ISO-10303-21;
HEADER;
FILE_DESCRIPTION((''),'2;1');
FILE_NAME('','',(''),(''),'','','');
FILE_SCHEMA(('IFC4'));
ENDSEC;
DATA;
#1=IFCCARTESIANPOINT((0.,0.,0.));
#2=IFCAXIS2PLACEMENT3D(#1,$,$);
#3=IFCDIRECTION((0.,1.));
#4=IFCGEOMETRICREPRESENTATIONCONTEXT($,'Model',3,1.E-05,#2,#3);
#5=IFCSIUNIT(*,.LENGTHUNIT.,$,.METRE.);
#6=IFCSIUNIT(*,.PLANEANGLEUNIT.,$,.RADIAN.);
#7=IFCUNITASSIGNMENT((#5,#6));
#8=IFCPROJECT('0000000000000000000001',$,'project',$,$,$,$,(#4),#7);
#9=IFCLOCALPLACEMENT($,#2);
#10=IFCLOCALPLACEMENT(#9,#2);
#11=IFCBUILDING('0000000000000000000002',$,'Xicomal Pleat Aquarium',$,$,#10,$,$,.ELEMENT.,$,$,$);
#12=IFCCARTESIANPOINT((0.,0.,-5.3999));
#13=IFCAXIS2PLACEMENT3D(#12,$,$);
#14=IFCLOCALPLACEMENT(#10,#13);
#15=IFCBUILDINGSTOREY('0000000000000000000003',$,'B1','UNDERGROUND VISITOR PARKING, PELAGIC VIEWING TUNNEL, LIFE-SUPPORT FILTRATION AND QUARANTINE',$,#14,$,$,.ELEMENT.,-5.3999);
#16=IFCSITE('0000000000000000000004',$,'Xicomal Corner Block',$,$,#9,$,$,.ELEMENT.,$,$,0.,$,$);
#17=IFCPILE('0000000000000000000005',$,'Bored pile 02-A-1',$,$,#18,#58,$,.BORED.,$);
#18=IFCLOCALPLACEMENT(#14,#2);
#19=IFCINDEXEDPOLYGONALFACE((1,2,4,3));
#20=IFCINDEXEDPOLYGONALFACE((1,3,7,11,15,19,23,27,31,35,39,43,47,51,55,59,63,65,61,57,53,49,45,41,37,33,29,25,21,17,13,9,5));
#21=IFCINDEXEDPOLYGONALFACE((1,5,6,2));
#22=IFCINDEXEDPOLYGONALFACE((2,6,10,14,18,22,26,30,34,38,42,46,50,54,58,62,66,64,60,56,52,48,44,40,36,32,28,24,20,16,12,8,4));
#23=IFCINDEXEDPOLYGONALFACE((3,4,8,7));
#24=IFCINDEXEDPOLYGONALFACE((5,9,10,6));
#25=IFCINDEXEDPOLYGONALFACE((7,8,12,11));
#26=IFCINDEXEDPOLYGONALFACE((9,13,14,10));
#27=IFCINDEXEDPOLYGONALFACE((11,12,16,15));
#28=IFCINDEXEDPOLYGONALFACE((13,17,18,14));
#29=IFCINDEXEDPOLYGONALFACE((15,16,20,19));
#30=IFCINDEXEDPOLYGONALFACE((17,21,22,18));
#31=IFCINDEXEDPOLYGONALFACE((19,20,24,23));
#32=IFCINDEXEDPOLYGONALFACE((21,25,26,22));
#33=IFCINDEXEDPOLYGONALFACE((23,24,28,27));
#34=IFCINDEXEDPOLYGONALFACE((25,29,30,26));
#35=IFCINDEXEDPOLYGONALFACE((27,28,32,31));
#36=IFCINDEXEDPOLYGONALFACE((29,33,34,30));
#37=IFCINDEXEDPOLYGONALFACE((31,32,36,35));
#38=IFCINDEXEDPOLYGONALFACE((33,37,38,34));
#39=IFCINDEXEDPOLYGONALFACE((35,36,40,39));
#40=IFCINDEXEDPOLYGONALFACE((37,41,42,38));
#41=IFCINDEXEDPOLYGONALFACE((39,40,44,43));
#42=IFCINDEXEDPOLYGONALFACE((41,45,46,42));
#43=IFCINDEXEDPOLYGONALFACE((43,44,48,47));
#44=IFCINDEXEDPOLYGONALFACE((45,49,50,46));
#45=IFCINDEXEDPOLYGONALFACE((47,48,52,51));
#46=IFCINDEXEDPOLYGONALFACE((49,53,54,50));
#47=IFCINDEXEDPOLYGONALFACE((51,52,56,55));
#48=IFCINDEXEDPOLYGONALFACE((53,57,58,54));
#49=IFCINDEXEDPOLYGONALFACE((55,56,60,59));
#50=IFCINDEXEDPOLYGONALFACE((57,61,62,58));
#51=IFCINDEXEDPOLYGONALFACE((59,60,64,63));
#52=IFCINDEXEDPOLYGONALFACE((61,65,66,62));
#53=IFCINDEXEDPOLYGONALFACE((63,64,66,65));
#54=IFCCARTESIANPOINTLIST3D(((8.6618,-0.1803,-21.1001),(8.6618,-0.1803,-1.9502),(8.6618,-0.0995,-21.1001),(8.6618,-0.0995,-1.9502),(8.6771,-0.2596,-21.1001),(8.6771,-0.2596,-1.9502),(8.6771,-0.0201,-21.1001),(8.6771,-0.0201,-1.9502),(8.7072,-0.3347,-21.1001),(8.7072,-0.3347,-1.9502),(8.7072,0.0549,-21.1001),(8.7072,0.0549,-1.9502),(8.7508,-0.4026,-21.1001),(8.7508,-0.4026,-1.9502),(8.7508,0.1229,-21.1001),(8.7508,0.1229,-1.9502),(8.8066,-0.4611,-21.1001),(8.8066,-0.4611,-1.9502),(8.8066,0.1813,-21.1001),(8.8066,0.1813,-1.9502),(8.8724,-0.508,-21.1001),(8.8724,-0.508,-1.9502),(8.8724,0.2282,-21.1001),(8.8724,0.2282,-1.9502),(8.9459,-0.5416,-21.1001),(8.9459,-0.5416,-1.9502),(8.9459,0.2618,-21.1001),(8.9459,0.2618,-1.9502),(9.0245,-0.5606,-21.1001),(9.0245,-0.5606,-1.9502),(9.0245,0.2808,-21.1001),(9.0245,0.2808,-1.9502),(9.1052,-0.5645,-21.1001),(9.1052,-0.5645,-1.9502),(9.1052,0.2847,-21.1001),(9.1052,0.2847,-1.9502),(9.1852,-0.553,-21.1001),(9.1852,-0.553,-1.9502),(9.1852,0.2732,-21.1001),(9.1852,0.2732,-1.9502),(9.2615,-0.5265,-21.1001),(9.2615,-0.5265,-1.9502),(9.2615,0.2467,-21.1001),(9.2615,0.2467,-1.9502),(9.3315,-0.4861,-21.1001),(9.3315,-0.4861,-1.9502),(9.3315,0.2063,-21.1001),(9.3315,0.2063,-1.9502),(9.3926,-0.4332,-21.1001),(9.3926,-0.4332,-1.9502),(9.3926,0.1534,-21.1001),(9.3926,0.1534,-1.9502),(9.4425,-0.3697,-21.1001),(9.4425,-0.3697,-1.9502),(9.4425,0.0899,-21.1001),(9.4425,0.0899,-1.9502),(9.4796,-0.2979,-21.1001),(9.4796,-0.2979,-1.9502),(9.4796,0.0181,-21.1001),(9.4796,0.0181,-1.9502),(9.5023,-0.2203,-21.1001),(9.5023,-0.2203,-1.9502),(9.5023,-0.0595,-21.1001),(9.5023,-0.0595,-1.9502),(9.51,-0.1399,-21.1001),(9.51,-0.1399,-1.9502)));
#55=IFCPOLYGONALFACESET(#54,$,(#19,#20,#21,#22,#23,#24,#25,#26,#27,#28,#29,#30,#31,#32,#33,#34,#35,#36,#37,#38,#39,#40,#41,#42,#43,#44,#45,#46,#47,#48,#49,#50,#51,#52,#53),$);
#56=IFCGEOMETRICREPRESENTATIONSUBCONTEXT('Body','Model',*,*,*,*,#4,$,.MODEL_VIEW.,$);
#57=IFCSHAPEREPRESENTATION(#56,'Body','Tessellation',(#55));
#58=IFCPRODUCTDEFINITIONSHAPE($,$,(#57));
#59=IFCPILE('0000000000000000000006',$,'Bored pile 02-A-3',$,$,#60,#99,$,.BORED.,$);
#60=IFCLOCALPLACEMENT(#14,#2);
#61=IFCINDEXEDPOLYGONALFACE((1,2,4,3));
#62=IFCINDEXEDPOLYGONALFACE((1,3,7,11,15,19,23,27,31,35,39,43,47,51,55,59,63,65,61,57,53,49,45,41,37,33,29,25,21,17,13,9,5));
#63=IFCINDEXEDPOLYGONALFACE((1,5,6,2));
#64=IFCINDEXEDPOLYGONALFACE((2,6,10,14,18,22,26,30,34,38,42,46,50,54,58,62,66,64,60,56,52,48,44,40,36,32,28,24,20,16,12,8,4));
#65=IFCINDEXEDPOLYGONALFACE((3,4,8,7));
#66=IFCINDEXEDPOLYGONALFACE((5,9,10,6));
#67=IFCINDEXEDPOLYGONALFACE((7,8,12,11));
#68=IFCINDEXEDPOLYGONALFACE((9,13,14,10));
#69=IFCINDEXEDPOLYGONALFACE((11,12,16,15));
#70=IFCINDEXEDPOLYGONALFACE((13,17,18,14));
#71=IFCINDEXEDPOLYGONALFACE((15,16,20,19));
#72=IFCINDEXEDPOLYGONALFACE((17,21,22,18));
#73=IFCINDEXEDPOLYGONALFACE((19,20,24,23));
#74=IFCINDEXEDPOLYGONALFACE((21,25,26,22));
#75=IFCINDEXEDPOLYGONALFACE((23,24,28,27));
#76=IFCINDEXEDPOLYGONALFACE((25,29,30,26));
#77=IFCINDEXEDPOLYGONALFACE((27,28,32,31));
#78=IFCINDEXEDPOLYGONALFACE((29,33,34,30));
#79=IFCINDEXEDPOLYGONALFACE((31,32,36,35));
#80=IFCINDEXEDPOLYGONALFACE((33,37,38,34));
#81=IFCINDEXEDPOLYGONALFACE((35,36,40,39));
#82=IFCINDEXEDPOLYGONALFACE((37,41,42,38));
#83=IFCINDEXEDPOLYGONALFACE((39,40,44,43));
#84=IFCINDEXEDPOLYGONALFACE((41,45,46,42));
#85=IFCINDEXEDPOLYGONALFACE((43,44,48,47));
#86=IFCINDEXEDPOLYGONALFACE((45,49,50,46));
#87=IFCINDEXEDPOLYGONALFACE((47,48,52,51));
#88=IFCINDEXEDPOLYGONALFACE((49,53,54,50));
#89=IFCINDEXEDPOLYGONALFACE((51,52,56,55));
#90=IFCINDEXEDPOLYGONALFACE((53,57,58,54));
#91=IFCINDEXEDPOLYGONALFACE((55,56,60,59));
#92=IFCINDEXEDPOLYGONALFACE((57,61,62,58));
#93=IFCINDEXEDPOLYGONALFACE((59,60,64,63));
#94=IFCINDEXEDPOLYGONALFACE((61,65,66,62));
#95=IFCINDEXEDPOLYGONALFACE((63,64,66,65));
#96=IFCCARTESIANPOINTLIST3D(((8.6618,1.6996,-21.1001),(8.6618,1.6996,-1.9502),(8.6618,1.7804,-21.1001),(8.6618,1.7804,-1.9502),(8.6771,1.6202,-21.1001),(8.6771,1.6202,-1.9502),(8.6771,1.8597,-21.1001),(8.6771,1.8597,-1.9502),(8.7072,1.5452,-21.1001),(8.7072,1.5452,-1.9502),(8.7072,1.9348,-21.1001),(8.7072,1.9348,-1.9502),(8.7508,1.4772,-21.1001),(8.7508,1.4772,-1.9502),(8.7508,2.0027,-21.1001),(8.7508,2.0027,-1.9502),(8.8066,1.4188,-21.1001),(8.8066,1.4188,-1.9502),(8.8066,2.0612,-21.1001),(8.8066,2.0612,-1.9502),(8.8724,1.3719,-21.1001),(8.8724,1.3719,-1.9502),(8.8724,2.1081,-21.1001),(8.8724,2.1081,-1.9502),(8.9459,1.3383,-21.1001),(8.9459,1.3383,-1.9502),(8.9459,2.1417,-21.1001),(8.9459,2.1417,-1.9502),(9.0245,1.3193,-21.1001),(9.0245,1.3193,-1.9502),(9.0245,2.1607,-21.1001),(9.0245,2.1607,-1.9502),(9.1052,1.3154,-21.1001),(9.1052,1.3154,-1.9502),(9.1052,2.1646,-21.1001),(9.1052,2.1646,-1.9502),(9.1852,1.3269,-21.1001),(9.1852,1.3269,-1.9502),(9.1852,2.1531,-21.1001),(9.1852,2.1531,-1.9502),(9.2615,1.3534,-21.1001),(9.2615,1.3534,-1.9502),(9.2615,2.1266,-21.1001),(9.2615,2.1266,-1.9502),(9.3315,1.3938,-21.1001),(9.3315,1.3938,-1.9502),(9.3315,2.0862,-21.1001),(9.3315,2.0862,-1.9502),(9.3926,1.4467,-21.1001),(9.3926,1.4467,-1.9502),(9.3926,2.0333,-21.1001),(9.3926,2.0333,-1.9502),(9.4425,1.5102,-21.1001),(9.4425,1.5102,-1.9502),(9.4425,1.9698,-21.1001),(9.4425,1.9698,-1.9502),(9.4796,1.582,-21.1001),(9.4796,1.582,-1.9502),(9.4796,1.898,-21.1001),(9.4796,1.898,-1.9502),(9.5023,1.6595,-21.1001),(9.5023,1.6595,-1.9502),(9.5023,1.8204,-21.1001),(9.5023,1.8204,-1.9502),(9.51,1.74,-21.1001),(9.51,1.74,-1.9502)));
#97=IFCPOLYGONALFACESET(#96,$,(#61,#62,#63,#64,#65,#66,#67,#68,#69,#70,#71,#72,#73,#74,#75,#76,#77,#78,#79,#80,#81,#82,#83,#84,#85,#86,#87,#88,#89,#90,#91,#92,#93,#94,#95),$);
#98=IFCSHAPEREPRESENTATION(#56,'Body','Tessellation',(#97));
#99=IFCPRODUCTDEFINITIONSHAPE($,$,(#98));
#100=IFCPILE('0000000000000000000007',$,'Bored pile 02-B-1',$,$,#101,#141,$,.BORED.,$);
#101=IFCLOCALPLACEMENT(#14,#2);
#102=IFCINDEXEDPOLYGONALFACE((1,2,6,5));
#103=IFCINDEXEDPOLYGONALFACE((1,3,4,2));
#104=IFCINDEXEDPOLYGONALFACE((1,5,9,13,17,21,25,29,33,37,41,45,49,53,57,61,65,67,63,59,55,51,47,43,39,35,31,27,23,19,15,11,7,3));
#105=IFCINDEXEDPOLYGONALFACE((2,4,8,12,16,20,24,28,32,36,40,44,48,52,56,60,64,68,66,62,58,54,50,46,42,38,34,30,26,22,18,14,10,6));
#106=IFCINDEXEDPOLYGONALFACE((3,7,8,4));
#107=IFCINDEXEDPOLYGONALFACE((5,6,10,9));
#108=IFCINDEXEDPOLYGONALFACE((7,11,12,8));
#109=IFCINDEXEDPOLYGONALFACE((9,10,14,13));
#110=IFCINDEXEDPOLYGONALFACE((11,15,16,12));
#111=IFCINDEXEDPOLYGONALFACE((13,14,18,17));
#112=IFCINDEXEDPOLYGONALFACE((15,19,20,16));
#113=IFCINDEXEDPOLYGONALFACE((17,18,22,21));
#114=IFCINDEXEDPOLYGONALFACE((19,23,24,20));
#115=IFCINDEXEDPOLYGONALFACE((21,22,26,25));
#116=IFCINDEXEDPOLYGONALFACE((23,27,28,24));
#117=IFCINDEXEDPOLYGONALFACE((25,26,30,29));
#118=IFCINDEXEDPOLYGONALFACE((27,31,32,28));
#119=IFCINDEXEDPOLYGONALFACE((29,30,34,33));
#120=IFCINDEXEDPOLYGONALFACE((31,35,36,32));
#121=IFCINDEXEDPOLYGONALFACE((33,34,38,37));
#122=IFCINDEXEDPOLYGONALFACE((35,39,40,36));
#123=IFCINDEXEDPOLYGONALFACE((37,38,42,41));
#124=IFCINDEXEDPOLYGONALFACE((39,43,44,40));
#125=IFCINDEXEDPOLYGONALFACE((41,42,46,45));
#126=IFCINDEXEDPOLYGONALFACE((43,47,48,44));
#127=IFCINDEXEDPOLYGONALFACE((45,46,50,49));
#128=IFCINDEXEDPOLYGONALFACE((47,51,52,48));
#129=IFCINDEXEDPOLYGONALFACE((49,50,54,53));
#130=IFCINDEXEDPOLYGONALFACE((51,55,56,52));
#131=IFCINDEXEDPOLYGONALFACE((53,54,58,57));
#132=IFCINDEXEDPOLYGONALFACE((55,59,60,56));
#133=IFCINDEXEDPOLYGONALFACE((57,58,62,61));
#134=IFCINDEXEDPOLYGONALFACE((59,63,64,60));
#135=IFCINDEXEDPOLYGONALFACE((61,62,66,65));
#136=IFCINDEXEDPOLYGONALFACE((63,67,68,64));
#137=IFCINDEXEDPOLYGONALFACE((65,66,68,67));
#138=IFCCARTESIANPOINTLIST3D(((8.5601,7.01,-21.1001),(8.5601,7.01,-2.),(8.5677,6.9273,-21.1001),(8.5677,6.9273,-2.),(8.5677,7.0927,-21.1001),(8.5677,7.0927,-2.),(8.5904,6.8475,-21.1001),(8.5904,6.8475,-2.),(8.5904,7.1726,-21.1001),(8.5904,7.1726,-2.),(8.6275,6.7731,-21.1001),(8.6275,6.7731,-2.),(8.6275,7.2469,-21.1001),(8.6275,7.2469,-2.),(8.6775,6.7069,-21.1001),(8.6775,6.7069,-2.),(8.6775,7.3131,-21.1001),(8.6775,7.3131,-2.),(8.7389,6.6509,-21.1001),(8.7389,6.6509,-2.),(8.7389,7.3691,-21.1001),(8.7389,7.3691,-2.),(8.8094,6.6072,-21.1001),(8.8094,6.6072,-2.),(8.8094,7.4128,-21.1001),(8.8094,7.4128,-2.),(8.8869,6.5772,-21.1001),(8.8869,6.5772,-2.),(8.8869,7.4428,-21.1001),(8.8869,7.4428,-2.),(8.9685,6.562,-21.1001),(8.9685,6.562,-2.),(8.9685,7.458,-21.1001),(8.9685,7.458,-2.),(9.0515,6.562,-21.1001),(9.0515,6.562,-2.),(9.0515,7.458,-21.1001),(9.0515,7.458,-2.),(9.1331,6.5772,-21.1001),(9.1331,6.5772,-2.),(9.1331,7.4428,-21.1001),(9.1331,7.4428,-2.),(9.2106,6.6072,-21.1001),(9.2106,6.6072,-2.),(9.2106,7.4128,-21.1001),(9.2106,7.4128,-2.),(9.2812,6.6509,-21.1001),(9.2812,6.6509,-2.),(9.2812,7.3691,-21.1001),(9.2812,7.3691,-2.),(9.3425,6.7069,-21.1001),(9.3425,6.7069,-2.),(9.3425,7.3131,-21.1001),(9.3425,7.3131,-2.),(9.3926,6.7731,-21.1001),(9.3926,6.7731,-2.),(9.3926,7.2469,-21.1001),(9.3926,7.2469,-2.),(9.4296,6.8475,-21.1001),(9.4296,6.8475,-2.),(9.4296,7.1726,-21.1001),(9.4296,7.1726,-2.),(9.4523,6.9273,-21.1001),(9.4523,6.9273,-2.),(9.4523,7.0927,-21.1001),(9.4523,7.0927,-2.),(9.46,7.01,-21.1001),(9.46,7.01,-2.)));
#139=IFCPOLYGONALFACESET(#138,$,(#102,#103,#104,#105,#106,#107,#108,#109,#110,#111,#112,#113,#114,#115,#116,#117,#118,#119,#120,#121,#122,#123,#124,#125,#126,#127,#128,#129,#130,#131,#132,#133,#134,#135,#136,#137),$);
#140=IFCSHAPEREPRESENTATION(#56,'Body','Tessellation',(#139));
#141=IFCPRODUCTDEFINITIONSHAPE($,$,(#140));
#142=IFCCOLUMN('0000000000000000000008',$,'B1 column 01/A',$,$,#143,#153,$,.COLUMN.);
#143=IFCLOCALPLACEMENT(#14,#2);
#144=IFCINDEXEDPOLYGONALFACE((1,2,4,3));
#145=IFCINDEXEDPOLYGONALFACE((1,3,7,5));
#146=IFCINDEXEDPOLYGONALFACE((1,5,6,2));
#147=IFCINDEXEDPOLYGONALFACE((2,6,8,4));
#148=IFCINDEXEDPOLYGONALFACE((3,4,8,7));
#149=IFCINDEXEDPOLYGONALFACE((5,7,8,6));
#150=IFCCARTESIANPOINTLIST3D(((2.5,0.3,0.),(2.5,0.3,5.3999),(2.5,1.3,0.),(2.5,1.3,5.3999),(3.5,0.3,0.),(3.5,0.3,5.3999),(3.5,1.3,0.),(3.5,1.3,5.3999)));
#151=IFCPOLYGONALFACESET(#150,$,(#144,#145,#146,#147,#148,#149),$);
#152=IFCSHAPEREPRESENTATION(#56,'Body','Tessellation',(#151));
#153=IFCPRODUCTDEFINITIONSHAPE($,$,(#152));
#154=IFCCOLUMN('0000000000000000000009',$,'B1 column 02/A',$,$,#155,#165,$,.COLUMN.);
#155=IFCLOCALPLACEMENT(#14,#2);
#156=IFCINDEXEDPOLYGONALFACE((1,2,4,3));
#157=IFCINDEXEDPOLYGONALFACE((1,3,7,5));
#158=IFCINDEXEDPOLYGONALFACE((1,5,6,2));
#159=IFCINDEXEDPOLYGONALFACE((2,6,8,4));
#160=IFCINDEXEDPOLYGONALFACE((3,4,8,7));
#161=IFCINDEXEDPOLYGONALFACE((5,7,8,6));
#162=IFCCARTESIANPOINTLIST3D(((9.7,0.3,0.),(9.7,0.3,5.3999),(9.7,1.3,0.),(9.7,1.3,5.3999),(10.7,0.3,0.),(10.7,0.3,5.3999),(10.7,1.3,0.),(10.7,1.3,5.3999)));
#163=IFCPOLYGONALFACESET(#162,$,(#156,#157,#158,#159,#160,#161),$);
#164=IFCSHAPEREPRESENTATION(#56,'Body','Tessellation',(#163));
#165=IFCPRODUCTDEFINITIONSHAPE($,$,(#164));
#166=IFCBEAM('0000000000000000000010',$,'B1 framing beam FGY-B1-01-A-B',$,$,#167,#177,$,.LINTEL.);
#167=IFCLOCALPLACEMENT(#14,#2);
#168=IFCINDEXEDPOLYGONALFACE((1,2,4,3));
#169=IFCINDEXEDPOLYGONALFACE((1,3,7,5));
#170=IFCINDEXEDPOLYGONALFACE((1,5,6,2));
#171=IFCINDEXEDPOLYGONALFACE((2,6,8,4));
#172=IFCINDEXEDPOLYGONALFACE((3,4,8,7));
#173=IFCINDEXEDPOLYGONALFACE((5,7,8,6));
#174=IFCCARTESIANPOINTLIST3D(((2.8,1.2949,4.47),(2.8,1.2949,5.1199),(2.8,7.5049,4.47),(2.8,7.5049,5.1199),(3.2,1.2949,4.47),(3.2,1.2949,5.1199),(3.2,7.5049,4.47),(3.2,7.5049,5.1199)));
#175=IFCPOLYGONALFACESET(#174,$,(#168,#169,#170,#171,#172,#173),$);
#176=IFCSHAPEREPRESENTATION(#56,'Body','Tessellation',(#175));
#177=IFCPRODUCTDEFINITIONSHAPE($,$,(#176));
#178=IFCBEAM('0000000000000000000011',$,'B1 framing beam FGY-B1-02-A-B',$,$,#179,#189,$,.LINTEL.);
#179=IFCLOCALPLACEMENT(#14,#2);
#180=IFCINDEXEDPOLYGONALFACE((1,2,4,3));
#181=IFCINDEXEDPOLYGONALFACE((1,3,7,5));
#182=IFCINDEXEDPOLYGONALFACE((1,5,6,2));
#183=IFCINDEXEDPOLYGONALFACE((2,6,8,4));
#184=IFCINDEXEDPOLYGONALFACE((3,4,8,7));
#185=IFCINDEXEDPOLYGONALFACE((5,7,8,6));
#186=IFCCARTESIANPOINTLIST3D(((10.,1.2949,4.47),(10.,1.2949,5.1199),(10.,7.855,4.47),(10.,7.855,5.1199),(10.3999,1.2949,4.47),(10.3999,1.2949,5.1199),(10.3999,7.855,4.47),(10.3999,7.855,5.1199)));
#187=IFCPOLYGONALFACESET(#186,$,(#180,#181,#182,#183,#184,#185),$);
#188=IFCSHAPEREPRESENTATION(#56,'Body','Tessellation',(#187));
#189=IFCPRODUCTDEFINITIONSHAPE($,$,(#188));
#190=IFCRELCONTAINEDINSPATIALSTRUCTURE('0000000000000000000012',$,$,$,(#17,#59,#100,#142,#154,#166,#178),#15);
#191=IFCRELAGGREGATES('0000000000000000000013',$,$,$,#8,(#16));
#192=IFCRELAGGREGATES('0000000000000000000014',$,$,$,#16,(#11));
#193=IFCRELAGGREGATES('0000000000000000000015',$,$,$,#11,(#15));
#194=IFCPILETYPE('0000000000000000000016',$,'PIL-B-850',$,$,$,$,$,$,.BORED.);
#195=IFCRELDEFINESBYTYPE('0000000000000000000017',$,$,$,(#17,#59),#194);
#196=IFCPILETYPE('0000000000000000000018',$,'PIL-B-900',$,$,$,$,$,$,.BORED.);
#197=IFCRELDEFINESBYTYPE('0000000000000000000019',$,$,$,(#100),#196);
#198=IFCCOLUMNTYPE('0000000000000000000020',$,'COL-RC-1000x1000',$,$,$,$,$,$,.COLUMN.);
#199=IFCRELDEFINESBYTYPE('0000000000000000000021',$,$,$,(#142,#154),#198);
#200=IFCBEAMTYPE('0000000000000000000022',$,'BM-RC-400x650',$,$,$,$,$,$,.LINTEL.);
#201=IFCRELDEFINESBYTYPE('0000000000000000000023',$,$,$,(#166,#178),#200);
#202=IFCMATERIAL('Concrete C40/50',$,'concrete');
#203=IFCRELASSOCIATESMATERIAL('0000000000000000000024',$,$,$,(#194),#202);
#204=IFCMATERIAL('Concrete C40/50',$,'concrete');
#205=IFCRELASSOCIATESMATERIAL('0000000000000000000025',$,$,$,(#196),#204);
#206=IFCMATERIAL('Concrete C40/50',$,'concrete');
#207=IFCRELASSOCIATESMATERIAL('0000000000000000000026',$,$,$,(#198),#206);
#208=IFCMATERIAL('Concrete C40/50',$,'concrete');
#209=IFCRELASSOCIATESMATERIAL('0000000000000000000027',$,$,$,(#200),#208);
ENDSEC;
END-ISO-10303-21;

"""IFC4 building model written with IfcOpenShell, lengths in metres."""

from ifc_helpers import new_model, si_unit, direction, frame, origin, origin_2d, place, context, subcontext, project, spatial, rectangle, circle, extrude, material, material_profile, profile_set, type_object, element, save


model = new_model("IFC4")

# Units and contexts
model_context = context("Model", 3, precision=1e-05, world=origin(), true_north=direction((0.0, 1.0)))
body_context = subcontext(model_context, "Body", "Model", "MODEL_VIEW")
ifc_project = project(units=[si_unit("LENGTHUNIT", "METRE"), si_unit("PLANEANGLEUNIT", "RADIAN")], contexts=[model_context])

# Site, building, storey
site_placement = place(None, origin())
site = spatial("IfcSite", under=ifc_project, at=site_placement, Name="Xicomal Corner Block", CompositionType="ELEMENT", RefElevation=0.0)
building_placement = place(site_placement, origin())
building = spatial("IfcBuilding", under=site, at=building_placement, Name="Xicomal Pleat Aquarium", CompositionType="ELEMENT")
storey_placement = place(building_placement, frame((0.0, 0.0, -5.3999)))
storey = spatial("IfcBuildingStorey", under=building, at=storey_placement, Name="B1", Description="UNDERGROUND VISITOR PARKING, PELAGIC VIEWING TUNNEL, LIFE-SUPPORT FILTRATION AND QUARANTINE", CompositionType="ELEMENT", Elevation=-5.3999)

# Piles
ifc_material_1 = material(Name="Concrete C40/50", Category="concrete")
ifc_material_profile_1 = material_profile(ifc_material_1, circle(Radius=0.425, at=origin_2d()), Name="BORED PILE D850")
ifc_profile_set_1 = profile_set([ifc_material_profile_1], Name="Concrete C40/50")
pile_type_1 = type_object("IfcPileType", Name="PIL-B-850", PredefinedType="BORED", material=ifc_profile_set_1)
for number, where, z_axis, x_axis, name in (
    (1, (9.085, -0.1399, -1.9502), (0.0, 0.0, -1.0), (1.0, 0.0, 0.0), "Bored pile 02-A-1"),
    (2, (9.085, 1.74, -1.9502), (0.0, 0.0, -1.0), (1.0, 0.0, 0.0), "Bored pile 02-A-3"),
):
    element("IfcPile", number, at=place(storey_placement, frame(where, z_axis=z_axis, x_axis=x_axis)), inside=storey, type_object=pile_type_1, Name=name, PredefinedType="BORED", context=body_context, shape_type="SweptSolid", body=[
        extrude(circle(Radius=0.425, at=origin_2d()), origin(), (0.0, 0.0, 1.0), 19.1499),
    ])
ifc_material_2 = material(Name="Concrete C40/50", Category="concrete")
ifc_material_profile_2 = material_profile(ifc_material_2, circle(Radius=0.45, at=origin_2d()), Name="BORED PILE D900")
ifc_profile_set_2 = profile_set([ifc_material_profile_2], Name="Concrete C40/50")
pile_type_2 = type_object("IfcPileType", Name="PIL-B-900", PredefinedType="BORED", material=ifc_profile_set_2)
pile_1_placement = place(storey_placement, frame((9.01, 7.01, -2.0), z_axis=(0.0, 0.0, -1.0), x_axis=(1.0, 0.0, 0.0)))
element("IfcPile", 3, at=pile_1_placement, inside=storey, type_object=pile_type_2, Name="Bored pile 02-B-1", PredefinedType="BORED", context=body_context, shape_type="SweptSolid", body=[
    extrude(circle(Radius=0.45, at=origin_2d()), origin(), (0.0, 0.0, 1.0), 19.1001),
])

# Columns
ifc_material_3 = material(Name="Concrete C40/50", Category="concrete")
ifc_material_profile_3 = material_profile(ifc_material_3, rectangle(XDim=1.0, YDim=1.0, at=origin_2d()), Name="RC 1000x1000")
ifc_profile_set_3 = profile_set([ifc_material_profile_3], Name="Concrete C40/50")
column_type = type_object("IfcColumnType", Name="COL-RC-1000x1000", PredefinedType="COLUMN", material=ifc_profile_set_3)
for number, where, z_axis, x_axis, name in (
    (4, (3.0, 0.8, 0.0), (0.0, 0.0, 1.0), (1.0, 0.0, 0.0), "B1 column 01/A"),
    (5, (10.2, 0.8, 0.0), (0.0, 0.0, 1.0), (1.0, 0.0, 0.0), "B1 column 02/A"),
):
    element("IfcColumn", number, at=place(storey_placement, frame(where, z_axis=z_axis, x_axis=x_axis)), inside=storey, type_object=column_type, Name=name, PredefinedType="COLUMN", context=body_context, shape_type="SweptSolid", body=[
        extrude(rectangle(XDim=1.0, YDim=1.0, at=origin_2d()), origin(), (0.0, 0.0, 1.0), 5.3999),
    ])

# Beams
ifc_material_4 = material(Name="Concrete C40/50", Category="concrete")
ifc_material_profile_4 = material_profile(ifc_material_4, rectangle(XDim=0.3999, YDim=0.6499, at=origin_2d()), Name="RC 400x650")
ifc_profile_set_4 = profile_set([ifc_material_profile_4], Name="Concrete C40/50")
beam_type_1 = type_object("IfcBeamType", Name="BM-RC-400x650", PredefinedType="LINTEL", material=ifc_profile_set_4)
beam_1_placement = place(storey_placement, frame((3.0, 1.2949, 4.7949), z_axis=(0.0, 1.0, 0.0), x_axis=(-1.0, 0.0, 0.0)))
element("IfcBeam", 6, at=beam_1_placement, inside=storey, type_object=beam_type_1, Name="B1 framing beam FGY-B1-01-A-B", PredefinedType="LINTEL", context=body_context, shape_type="SweptSolid", body=[
    extrude(rectangle(XDim=0.3999, YDim=0.6499, at=origin_2d()), origin(), (0.0, 0.0, 1.0), 6.21),
])
beam_2_placement = place(storey_placement, frame((10.2, 1.2949, 4.7949), z_axis=(0.0, 1.0, 0.0), x_axis=(-1.0, 0.0, 0.0)))
element("IfcBeam", 7, at=beam_2_placement, inside=storey, type_object=beam_type_1, Name="B1 framing beam FGY-B1-02-A-B", PredefinedType="LINTEL", context=body_context, shape_type="SweptSolid", body=[
    extrude(rectangle(XDim=0.3999, YDim=0.6499, at=origin_2d()), origin(), (0.0, 0.0, 1.0), 6.5601),
])

save(model, "model.ifc")
